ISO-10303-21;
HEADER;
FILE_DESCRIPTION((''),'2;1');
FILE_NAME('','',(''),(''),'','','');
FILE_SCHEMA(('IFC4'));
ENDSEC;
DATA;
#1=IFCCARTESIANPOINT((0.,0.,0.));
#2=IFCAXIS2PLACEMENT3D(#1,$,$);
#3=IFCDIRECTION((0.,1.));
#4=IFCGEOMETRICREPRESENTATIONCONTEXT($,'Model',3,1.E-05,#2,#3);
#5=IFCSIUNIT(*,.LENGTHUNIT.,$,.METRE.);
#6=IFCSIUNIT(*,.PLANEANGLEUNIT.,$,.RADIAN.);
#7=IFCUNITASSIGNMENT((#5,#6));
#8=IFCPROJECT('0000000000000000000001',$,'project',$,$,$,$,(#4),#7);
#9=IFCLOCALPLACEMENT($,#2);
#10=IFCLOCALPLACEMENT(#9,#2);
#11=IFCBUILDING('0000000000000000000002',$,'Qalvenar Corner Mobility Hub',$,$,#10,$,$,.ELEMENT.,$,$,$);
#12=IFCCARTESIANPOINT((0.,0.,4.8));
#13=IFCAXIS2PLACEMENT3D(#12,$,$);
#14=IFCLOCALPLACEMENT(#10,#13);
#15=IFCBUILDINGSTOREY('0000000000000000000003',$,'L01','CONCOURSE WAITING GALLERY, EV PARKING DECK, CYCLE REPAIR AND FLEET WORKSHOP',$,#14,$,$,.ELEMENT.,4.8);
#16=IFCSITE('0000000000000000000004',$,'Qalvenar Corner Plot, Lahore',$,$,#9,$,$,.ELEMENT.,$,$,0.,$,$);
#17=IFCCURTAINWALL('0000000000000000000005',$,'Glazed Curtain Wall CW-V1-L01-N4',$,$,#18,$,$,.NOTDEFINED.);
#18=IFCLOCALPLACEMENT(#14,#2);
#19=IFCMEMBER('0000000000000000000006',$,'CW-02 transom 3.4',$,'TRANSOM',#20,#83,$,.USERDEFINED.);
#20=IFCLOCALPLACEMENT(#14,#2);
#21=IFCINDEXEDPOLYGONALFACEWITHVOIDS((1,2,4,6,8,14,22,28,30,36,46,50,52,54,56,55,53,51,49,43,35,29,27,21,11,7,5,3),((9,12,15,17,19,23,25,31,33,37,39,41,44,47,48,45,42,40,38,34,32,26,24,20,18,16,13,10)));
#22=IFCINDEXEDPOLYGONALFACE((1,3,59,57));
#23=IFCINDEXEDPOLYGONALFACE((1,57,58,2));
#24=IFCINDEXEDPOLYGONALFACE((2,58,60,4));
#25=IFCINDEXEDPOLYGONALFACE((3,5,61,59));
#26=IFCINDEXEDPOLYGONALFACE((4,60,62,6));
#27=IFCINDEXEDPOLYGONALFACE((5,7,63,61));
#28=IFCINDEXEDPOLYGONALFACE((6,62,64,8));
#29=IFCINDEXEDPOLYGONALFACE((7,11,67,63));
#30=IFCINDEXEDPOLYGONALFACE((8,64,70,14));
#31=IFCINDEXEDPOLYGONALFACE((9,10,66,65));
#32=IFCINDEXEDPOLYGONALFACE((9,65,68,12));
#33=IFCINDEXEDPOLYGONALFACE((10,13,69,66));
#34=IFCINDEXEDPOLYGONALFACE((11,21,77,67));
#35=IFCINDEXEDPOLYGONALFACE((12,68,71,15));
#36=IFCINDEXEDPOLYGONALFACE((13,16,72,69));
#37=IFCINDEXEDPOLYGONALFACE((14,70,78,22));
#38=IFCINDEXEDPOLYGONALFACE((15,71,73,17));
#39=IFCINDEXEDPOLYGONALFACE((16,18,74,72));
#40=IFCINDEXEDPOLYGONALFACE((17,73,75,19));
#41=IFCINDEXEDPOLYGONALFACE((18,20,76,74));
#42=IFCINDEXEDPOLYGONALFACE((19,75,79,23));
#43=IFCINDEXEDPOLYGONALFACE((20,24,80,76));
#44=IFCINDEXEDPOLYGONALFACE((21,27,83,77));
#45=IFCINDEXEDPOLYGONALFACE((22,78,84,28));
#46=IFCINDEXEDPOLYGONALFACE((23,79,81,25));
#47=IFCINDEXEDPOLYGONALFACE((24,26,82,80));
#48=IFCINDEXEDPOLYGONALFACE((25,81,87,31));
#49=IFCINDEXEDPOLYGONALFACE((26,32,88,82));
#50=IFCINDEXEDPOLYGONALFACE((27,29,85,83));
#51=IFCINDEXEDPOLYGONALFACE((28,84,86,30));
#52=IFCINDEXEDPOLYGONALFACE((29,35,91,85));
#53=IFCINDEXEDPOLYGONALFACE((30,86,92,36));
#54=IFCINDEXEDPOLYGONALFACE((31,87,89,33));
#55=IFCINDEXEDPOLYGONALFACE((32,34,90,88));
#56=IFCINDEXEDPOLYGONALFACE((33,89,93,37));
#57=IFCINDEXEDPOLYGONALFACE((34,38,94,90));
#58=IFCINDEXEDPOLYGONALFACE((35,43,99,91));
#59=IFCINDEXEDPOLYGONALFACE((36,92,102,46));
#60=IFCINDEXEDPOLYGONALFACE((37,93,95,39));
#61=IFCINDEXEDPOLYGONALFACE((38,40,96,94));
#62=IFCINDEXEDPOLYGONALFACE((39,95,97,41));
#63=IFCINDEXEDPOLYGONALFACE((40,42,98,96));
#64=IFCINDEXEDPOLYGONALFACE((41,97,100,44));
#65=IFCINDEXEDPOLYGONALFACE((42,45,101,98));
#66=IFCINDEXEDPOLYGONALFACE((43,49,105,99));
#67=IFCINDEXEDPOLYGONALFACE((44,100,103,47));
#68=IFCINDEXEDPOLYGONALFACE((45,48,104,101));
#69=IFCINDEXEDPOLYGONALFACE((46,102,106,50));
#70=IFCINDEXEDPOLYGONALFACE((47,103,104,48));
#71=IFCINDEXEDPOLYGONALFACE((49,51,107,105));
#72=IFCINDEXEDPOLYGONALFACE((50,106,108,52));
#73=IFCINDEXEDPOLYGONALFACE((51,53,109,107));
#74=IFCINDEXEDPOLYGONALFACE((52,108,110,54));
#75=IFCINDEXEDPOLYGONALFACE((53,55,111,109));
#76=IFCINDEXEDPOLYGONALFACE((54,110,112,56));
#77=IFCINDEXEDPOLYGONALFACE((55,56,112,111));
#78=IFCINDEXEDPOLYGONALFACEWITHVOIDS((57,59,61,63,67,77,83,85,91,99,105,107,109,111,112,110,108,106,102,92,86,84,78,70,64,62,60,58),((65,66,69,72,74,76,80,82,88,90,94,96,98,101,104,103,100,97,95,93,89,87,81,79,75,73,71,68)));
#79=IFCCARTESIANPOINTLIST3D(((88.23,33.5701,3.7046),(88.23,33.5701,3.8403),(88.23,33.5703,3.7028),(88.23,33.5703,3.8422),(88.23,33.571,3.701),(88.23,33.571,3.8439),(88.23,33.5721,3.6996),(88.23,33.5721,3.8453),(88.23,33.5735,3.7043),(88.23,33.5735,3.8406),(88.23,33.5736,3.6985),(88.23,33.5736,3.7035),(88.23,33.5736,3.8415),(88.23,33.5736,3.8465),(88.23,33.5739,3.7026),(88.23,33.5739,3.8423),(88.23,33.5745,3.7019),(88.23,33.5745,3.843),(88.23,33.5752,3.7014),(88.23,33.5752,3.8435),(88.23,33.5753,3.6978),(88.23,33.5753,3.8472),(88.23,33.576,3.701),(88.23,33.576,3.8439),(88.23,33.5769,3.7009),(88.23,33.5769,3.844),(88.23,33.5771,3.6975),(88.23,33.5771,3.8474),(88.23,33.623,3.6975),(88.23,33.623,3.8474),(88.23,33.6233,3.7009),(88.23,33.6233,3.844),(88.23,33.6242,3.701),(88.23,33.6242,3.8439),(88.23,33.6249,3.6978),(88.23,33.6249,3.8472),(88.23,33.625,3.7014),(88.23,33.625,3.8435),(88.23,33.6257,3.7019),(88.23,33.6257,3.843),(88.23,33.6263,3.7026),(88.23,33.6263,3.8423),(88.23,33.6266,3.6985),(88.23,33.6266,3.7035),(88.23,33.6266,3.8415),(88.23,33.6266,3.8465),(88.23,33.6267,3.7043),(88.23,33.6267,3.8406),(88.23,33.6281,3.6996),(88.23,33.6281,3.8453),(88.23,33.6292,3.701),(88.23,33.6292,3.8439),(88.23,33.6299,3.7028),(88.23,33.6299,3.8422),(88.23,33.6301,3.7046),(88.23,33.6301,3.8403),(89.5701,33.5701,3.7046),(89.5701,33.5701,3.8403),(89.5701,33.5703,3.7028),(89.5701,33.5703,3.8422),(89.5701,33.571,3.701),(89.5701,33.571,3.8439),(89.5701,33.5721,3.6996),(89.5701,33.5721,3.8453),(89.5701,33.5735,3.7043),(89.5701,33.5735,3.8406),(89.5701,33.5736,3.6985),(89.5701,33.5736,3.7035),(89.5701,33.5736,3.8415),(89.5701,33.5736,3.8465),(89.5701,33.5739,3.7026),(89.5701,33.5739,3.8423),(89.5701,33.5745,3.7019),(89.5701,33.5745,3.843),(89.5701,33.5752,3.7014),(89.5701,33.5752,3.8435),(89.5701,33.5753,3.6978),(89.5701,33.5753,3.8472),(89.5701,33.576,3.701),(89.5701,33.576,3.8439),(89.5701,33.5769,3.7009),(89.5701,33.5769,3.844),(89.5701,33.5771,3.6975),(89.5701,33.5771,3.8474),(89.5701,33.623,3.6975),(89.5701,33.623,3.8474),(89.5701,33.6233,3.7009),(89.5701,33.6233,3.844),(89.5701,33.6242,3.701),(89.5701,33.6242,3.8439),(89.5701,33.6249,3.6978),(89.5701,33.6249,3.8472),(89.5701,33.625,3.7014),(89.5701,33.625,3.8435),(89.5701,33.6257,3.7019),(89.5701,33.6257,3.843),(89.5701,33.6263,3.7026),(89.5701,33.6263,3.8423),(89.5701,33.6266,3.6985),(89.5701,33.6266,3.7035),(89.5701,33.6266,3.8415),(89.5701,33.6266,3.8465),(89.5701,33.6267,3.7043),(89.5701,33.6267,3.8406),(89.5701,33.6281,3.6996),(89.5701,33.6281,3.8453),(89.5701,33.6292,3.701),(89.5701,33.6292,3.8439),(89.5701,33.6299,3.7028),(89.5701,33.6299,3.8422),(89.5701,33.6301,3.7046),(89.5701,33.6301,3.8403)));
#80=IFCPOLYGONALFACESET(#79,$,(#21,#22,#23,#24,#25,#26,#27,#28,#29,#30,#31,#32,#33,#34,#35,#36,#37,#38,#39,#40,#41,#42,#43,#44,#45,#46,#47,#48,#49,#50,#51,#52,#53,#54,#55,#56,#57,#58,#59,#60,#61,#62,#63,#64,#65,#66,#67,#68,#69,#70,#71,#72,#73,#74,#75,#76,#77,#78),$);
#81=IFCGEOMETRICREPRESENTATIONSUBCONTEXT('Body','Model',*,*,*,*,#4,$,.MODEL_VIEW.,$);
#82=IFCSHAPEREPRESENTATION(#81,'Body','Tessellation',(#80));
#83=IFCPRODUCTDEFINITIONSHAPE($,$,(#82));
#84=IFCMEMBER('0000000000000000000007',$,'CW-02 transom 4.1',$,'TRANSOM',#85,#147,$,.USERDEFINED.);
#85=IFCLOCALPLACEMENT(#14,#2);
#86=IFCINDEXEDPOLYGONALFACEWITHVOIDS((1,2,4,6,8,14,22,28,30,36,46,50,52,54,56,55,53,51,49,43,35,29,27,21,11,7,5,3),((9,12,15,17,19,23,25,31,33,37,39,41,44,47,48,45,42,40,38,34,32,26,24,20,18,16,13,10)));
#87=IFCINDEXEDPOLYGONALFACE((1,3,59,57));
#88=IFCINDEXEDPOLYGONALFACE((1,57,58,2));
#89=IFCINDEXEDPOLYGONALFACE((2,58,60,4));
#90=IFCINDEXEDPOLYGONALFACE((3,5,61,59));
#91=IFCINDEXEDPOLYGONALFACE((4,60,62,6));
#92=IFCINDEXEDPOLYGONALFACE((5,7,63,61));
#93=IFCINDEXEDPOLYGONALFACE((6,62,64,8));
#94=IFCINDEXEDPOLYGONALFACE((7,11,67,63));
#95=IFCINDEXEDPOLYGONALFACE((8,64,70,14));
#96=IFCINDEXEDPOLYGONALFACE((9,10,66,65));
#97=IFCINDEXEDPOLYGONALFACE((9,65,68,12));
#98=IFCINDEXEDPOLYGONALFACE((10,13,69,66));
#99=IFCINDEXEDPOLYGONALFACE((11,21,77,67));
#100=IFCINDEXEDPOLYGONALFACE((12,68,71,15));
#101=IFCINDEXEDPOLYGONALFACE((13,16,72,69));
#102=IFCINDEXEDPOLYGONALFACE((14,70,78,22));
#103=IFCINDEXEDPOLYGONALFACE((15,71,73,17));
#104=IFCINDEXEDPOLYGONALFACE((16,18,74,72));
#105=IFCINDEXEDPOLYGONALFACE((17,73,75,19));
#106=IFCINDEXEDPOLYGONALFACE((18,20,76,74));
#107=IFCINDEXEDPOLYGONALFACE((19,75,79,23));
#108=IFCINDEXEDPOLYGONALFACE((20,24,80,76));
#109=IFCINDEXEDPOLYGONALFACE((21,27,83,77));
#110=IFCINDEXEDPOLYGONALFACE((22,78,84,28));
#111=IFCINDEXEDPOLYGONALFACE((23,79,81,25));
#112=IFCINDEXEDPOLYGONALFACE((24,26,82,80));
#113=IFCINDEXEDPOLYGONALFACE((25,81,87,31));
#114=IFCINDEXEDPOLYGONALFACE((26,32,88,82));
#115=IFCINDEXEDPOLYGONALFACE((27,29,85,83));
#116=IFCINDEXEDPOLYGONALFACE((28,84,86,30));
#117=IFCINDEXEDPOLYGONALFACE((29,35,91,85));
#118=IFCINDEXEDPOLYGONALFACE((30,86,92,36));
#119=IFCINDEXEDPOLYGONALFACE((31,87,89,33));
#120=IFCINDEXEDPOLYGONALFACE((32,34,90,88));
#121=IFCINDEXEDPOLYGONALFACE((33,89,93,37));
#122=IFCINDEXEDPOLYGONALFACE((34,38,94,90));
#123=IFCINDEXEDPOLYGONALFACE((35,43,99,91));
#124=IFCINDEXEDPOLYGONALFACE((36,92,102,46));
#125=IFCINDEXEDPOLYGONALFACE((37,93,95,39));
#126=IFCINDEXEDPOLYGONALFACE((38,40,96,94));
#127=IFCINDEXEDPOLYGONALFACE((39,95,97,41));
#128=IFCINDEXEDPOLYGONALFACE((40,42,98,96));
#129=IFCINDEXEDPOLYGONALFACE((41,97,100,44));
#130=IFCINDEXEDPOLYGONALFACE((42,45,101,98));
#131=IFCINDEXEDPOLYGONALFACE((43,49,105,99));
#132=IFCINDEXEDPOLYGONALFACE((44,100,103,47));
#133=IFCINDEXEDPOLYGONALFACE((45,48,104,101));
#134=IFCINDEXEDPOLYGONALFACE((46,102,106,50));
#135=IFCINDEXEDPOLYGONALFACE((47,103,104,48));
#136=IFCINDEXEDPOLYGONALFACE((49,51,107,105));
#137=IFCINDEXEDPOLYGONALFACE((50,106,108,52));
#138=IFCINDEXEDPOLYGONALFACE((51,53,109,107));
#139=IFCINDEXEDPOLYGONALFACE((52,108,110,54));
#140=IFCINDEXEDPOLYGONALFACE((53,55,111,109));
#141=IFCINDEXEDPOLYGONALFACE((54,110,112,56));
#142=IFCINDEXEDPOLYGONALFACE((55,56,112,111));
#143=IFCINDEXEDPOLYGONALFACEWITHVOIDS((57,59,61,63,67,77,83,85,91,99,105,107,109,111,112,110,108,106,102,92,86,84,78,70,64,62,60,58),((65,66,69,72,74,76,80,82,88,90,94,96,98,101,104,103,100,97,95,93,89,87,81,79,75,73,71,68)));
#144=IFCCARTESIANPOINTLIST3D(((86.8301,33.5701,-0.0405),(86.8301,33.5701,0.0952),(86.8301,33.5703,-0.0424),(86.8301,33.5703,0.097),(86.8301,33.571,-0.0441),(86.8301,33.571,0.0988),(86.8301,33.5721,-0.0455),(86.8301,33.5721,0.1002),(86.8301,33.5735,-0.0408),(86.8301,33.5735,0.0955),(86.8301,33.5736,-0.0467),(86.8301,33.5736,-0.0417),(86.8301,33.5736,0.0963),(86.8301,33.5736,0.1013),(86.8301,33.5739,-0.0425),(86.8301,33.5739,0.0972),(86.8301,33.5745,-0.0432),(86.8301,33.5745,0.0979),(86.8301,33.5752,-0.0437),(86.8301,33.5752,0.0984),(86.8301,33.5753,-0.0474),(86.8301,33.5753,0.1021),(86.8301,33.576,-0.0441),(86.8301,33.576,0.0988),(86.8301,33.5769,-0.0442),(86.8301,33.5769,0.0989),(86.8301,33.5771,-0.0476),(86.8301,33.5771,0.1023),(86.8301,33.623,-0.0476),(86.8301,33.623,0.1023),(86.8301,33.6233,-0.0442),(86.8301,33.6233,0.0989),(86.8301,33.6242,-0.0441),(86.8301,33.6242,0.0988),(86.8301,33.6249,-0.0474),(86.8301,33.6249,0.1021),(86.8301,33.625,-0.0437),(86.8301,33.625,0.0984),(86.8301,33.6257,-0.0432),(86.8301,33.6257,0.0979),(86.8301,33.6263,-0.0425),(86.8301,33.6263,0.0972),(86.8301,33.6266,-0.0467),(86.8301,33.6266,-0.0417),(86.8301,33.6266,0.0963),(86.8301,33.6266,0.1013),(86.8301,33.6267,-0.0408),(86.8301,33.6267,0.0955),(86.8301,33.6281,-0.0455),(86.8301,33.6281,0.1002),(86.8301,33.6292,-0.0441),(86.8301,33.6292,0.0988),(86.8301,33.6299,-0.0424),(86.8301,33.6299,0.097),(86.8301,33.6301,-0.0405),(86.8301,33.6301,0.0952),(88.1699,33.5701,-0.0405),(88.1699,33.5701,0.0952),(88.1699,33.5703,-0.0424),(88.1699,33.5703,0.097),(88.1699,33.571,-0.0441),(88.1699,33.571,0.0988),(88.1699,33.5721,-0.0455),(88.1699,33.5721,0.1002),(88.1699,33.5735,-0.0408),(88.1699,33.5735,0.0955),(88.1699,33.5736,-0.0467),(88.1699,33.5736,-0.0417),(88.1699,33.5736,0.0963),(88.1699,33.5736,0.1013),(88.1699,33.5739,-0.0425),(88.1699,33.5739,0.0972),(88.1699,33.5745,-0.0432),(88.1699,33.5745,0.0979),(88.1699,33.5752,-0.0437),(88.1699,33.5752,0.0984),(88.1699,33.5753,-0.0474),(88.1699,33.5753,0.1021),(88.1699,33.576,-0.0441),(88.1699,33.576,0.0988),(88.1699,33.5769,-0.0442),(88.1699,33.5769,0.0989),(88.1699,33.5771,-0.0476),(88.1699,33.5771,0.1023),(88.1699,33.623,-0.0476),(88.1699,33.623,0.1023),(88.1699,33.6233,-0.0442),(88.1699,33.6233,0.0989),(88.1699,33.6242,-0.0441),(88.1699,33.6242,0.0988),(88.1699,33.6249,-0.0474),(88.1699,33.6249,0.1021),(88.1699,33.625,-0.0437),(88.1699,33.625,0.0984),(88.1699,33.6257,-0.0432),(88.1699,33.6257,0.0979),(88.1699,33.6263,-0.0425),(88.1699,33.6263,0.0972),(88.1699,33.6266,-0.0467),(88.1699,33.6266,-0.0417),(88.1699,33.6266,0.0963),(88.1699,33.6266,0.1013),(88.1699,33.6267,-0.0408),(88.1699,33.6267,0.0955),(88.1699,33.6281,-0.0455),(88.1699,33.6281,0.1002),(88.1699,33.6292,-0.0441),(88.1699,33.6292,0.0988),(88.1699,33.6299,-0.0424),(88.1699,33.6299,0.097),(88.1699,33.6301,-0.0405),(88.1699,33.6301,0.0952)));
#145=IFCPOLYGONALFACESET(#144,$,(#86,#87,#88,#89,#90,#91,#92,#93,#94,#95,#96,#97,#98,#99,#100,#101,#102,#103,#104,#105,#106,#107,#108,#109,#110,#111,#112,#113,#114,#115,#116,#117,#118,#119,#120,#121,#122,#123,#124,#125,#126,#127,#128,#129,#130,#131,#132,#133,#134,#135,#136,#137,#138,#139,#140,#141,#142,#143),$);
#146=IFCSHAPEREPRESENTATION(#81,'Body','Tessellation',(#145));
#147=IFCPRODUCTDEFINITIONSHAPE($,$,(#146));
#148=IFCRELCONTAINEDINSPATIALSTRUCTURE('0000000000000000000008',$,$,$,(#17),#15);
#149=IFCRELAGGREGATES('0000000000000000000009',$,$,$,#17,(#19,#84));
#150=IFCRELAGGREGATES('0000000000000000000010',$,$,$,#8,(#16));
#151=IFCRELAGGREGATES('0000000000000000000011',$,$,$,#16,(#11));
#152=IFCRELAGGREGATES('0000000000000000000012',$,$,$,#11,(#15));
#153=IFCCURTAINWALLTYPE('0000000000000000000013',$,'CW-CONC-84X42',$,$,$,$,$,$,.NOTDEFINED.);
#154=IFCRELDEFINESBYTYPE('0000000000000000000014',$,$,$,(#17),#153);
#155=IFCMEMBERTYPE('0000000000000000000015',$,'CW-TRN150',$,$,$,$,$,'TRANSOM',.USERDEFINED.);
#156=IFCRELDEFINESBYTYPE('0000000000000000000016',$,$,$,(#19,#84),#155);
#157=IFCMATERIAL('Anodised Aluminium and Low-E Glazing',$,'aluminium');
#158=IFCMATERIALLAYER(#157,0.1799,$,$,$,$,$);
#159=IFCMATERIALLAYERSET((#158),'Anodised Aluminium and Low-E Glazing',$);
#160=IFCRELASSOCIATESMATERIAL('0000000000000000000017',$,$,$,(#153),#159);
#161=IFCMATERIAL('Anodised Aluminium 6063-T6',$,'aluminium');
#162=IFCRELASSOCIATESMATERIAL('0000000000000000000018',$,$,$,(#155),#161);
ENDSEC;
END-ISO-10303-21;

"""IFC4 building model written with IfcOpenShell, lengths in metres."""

from ifc_helpers import new_model, si_unit, direction, frame, origin, origin_2d, place, context, subcontext, project, spatial, hollow_rectangle, extrude, material, layer, layer_set, material_profile, profile_set, type_object, element, aggregate, save


model = new_model("IFC4")

# Units and contexts
model_context = context("Model", 3, precision=1e-05, world=origin(), true_north=direction((0.0, 1.0)))
body_context = subcontext(model_context, "Body", "Model", "MODEL_VIEW")
ifc_project = project(units=[si_unit("LENGTHUNIT", "METRE"), si_unit("PLANEANGLEUNIT", "RADIAN")], contexts=[model_context])

# Site, building, storey
site_placement = place(None, origin())
site = spatial("IfcSite", under=ifc_project, at=site_placement, Name="Qalvenar Corner Plot, Lahore", CompositionType="ELEMENT", RefElevation=0.0)
building_placement = place(site_placement, origin())
building = spatial("IfcBuilding", under=site, at=building_placement, Name="Qalvenar Corner Mobility Hub", CompositionType="ELEMENT")
storey_placement = place(building_placement, frame((0.0, 0.0, 4.8)))
storey = spatial("IfcBuildingStorey", under=building, at=storey_placement, Name="L01", Description="CONCOURSE WAITING GALLERY, EV PARKING DECK, CYCLE REPAIR AND FLEET WORKSHOP", CompositionType="ELEMENT", Elevation=4.8)

# Curtain wall, members
ifc_material_1 = material(Name="Anodised Aluminium and Low-E Glazing", Category="aluminium")
ifc_layer_1 = layer(ifc_material_1, 0.1799)
ifc_layer_set_1 = layer_set([ifc_layer_1], Name="Anodised Aluminium and Low-E Glazing")
curtain_wall_type = type_object("IfcCurtainWallType", Name="CW-CONC-84X42", PredefinedType="NOTDEFINED", material=ifc_layer_set_1)
curtain_wall_placement = place(storey_placement, origin())
curtain_wall = element("IfcCurtainWall", 1, at=curtain_wall_placement, inside=storey, type_object=curtain_wall_type, Name="Glazed Curtain Wall CW-V1-L01-N4", PredefinedType="NOTDEFINED")
ifc_material_2 = material(Name="Anodised Aluminium 6063-T6", Category="aluminium")
ifc_material_profile_1 = material_profile(ifc_material_2, hollow_rectangle(XDim=0.0601, YDim=0.1499, WallThickness=0.0034, InnerFilletRadius=0.0034, OuterFilletRadius=0.0071, at=origin_2d()), Name="RHS150x60x3.5")
ifc_profile_set_1 = profile_set([ifc_material_profile_1], Name="Anodised Aluminium 6063-T6")
member_type_1 = type_object("IfcMemberType", Name="CW-TRN150", ElementType="TRANSOM", PredefinedType="USERDEFINED", material=ifc_profile_set_1)
member_1_placement = place(storey_placement, frame((89.5701, 33.6001, 3.7725), z_axis=(-1.0, 0.0, 0.0), x_axis=(0.0, -1.0, 0.0)))
member_1 = element("IfcMember", 2, at=member_1_placement, type_object=member_type_1, Name="CW-02 transom 3.4", ObjectType="TRANSOM", PredefinedType="USERDEFINED", context=body_context, shape_type="SweptSolid", body=[
    extrude(hollow_rectangle(XDim=0.0601, YDim=0.1499, WallThickness=0.0034, InnerFilletRadius=0.0034, OuterFilletRadius=0.0071, at=origin_2d()), origin(), (0.0, 0.0, 1.0), 1.3401),
])
member_2_placement = place(storey_placement, frame((88.1699, 33.6001, 0.0273), z_axis=(-1.0, 0.0, 0.0), x_axis=(0.0, -1.0, 0.0)))
member_2 = element("IfcMember", 3, at=member_2_placement, type_object=member_type_1, Name="CW-02 transom 4.1", ObjectType="TRANSOM", PredefinedType="USERDEFINED", context=body_context, shape_type="SweptSolid", body=[
    extrude(hollow_rectangle(XDim=0.0601, YDim=0.1499, WallThickness=0.0034, InnerFilletRadius=0.0034, OuterFilletRadius=0.0071, at=origin_2d()), origin(), (0.0, 0.0, 1.0), 1.3398),
])
aggregate(curtain_wall, [member_1, member_2])

save(model, "model.ifc")
